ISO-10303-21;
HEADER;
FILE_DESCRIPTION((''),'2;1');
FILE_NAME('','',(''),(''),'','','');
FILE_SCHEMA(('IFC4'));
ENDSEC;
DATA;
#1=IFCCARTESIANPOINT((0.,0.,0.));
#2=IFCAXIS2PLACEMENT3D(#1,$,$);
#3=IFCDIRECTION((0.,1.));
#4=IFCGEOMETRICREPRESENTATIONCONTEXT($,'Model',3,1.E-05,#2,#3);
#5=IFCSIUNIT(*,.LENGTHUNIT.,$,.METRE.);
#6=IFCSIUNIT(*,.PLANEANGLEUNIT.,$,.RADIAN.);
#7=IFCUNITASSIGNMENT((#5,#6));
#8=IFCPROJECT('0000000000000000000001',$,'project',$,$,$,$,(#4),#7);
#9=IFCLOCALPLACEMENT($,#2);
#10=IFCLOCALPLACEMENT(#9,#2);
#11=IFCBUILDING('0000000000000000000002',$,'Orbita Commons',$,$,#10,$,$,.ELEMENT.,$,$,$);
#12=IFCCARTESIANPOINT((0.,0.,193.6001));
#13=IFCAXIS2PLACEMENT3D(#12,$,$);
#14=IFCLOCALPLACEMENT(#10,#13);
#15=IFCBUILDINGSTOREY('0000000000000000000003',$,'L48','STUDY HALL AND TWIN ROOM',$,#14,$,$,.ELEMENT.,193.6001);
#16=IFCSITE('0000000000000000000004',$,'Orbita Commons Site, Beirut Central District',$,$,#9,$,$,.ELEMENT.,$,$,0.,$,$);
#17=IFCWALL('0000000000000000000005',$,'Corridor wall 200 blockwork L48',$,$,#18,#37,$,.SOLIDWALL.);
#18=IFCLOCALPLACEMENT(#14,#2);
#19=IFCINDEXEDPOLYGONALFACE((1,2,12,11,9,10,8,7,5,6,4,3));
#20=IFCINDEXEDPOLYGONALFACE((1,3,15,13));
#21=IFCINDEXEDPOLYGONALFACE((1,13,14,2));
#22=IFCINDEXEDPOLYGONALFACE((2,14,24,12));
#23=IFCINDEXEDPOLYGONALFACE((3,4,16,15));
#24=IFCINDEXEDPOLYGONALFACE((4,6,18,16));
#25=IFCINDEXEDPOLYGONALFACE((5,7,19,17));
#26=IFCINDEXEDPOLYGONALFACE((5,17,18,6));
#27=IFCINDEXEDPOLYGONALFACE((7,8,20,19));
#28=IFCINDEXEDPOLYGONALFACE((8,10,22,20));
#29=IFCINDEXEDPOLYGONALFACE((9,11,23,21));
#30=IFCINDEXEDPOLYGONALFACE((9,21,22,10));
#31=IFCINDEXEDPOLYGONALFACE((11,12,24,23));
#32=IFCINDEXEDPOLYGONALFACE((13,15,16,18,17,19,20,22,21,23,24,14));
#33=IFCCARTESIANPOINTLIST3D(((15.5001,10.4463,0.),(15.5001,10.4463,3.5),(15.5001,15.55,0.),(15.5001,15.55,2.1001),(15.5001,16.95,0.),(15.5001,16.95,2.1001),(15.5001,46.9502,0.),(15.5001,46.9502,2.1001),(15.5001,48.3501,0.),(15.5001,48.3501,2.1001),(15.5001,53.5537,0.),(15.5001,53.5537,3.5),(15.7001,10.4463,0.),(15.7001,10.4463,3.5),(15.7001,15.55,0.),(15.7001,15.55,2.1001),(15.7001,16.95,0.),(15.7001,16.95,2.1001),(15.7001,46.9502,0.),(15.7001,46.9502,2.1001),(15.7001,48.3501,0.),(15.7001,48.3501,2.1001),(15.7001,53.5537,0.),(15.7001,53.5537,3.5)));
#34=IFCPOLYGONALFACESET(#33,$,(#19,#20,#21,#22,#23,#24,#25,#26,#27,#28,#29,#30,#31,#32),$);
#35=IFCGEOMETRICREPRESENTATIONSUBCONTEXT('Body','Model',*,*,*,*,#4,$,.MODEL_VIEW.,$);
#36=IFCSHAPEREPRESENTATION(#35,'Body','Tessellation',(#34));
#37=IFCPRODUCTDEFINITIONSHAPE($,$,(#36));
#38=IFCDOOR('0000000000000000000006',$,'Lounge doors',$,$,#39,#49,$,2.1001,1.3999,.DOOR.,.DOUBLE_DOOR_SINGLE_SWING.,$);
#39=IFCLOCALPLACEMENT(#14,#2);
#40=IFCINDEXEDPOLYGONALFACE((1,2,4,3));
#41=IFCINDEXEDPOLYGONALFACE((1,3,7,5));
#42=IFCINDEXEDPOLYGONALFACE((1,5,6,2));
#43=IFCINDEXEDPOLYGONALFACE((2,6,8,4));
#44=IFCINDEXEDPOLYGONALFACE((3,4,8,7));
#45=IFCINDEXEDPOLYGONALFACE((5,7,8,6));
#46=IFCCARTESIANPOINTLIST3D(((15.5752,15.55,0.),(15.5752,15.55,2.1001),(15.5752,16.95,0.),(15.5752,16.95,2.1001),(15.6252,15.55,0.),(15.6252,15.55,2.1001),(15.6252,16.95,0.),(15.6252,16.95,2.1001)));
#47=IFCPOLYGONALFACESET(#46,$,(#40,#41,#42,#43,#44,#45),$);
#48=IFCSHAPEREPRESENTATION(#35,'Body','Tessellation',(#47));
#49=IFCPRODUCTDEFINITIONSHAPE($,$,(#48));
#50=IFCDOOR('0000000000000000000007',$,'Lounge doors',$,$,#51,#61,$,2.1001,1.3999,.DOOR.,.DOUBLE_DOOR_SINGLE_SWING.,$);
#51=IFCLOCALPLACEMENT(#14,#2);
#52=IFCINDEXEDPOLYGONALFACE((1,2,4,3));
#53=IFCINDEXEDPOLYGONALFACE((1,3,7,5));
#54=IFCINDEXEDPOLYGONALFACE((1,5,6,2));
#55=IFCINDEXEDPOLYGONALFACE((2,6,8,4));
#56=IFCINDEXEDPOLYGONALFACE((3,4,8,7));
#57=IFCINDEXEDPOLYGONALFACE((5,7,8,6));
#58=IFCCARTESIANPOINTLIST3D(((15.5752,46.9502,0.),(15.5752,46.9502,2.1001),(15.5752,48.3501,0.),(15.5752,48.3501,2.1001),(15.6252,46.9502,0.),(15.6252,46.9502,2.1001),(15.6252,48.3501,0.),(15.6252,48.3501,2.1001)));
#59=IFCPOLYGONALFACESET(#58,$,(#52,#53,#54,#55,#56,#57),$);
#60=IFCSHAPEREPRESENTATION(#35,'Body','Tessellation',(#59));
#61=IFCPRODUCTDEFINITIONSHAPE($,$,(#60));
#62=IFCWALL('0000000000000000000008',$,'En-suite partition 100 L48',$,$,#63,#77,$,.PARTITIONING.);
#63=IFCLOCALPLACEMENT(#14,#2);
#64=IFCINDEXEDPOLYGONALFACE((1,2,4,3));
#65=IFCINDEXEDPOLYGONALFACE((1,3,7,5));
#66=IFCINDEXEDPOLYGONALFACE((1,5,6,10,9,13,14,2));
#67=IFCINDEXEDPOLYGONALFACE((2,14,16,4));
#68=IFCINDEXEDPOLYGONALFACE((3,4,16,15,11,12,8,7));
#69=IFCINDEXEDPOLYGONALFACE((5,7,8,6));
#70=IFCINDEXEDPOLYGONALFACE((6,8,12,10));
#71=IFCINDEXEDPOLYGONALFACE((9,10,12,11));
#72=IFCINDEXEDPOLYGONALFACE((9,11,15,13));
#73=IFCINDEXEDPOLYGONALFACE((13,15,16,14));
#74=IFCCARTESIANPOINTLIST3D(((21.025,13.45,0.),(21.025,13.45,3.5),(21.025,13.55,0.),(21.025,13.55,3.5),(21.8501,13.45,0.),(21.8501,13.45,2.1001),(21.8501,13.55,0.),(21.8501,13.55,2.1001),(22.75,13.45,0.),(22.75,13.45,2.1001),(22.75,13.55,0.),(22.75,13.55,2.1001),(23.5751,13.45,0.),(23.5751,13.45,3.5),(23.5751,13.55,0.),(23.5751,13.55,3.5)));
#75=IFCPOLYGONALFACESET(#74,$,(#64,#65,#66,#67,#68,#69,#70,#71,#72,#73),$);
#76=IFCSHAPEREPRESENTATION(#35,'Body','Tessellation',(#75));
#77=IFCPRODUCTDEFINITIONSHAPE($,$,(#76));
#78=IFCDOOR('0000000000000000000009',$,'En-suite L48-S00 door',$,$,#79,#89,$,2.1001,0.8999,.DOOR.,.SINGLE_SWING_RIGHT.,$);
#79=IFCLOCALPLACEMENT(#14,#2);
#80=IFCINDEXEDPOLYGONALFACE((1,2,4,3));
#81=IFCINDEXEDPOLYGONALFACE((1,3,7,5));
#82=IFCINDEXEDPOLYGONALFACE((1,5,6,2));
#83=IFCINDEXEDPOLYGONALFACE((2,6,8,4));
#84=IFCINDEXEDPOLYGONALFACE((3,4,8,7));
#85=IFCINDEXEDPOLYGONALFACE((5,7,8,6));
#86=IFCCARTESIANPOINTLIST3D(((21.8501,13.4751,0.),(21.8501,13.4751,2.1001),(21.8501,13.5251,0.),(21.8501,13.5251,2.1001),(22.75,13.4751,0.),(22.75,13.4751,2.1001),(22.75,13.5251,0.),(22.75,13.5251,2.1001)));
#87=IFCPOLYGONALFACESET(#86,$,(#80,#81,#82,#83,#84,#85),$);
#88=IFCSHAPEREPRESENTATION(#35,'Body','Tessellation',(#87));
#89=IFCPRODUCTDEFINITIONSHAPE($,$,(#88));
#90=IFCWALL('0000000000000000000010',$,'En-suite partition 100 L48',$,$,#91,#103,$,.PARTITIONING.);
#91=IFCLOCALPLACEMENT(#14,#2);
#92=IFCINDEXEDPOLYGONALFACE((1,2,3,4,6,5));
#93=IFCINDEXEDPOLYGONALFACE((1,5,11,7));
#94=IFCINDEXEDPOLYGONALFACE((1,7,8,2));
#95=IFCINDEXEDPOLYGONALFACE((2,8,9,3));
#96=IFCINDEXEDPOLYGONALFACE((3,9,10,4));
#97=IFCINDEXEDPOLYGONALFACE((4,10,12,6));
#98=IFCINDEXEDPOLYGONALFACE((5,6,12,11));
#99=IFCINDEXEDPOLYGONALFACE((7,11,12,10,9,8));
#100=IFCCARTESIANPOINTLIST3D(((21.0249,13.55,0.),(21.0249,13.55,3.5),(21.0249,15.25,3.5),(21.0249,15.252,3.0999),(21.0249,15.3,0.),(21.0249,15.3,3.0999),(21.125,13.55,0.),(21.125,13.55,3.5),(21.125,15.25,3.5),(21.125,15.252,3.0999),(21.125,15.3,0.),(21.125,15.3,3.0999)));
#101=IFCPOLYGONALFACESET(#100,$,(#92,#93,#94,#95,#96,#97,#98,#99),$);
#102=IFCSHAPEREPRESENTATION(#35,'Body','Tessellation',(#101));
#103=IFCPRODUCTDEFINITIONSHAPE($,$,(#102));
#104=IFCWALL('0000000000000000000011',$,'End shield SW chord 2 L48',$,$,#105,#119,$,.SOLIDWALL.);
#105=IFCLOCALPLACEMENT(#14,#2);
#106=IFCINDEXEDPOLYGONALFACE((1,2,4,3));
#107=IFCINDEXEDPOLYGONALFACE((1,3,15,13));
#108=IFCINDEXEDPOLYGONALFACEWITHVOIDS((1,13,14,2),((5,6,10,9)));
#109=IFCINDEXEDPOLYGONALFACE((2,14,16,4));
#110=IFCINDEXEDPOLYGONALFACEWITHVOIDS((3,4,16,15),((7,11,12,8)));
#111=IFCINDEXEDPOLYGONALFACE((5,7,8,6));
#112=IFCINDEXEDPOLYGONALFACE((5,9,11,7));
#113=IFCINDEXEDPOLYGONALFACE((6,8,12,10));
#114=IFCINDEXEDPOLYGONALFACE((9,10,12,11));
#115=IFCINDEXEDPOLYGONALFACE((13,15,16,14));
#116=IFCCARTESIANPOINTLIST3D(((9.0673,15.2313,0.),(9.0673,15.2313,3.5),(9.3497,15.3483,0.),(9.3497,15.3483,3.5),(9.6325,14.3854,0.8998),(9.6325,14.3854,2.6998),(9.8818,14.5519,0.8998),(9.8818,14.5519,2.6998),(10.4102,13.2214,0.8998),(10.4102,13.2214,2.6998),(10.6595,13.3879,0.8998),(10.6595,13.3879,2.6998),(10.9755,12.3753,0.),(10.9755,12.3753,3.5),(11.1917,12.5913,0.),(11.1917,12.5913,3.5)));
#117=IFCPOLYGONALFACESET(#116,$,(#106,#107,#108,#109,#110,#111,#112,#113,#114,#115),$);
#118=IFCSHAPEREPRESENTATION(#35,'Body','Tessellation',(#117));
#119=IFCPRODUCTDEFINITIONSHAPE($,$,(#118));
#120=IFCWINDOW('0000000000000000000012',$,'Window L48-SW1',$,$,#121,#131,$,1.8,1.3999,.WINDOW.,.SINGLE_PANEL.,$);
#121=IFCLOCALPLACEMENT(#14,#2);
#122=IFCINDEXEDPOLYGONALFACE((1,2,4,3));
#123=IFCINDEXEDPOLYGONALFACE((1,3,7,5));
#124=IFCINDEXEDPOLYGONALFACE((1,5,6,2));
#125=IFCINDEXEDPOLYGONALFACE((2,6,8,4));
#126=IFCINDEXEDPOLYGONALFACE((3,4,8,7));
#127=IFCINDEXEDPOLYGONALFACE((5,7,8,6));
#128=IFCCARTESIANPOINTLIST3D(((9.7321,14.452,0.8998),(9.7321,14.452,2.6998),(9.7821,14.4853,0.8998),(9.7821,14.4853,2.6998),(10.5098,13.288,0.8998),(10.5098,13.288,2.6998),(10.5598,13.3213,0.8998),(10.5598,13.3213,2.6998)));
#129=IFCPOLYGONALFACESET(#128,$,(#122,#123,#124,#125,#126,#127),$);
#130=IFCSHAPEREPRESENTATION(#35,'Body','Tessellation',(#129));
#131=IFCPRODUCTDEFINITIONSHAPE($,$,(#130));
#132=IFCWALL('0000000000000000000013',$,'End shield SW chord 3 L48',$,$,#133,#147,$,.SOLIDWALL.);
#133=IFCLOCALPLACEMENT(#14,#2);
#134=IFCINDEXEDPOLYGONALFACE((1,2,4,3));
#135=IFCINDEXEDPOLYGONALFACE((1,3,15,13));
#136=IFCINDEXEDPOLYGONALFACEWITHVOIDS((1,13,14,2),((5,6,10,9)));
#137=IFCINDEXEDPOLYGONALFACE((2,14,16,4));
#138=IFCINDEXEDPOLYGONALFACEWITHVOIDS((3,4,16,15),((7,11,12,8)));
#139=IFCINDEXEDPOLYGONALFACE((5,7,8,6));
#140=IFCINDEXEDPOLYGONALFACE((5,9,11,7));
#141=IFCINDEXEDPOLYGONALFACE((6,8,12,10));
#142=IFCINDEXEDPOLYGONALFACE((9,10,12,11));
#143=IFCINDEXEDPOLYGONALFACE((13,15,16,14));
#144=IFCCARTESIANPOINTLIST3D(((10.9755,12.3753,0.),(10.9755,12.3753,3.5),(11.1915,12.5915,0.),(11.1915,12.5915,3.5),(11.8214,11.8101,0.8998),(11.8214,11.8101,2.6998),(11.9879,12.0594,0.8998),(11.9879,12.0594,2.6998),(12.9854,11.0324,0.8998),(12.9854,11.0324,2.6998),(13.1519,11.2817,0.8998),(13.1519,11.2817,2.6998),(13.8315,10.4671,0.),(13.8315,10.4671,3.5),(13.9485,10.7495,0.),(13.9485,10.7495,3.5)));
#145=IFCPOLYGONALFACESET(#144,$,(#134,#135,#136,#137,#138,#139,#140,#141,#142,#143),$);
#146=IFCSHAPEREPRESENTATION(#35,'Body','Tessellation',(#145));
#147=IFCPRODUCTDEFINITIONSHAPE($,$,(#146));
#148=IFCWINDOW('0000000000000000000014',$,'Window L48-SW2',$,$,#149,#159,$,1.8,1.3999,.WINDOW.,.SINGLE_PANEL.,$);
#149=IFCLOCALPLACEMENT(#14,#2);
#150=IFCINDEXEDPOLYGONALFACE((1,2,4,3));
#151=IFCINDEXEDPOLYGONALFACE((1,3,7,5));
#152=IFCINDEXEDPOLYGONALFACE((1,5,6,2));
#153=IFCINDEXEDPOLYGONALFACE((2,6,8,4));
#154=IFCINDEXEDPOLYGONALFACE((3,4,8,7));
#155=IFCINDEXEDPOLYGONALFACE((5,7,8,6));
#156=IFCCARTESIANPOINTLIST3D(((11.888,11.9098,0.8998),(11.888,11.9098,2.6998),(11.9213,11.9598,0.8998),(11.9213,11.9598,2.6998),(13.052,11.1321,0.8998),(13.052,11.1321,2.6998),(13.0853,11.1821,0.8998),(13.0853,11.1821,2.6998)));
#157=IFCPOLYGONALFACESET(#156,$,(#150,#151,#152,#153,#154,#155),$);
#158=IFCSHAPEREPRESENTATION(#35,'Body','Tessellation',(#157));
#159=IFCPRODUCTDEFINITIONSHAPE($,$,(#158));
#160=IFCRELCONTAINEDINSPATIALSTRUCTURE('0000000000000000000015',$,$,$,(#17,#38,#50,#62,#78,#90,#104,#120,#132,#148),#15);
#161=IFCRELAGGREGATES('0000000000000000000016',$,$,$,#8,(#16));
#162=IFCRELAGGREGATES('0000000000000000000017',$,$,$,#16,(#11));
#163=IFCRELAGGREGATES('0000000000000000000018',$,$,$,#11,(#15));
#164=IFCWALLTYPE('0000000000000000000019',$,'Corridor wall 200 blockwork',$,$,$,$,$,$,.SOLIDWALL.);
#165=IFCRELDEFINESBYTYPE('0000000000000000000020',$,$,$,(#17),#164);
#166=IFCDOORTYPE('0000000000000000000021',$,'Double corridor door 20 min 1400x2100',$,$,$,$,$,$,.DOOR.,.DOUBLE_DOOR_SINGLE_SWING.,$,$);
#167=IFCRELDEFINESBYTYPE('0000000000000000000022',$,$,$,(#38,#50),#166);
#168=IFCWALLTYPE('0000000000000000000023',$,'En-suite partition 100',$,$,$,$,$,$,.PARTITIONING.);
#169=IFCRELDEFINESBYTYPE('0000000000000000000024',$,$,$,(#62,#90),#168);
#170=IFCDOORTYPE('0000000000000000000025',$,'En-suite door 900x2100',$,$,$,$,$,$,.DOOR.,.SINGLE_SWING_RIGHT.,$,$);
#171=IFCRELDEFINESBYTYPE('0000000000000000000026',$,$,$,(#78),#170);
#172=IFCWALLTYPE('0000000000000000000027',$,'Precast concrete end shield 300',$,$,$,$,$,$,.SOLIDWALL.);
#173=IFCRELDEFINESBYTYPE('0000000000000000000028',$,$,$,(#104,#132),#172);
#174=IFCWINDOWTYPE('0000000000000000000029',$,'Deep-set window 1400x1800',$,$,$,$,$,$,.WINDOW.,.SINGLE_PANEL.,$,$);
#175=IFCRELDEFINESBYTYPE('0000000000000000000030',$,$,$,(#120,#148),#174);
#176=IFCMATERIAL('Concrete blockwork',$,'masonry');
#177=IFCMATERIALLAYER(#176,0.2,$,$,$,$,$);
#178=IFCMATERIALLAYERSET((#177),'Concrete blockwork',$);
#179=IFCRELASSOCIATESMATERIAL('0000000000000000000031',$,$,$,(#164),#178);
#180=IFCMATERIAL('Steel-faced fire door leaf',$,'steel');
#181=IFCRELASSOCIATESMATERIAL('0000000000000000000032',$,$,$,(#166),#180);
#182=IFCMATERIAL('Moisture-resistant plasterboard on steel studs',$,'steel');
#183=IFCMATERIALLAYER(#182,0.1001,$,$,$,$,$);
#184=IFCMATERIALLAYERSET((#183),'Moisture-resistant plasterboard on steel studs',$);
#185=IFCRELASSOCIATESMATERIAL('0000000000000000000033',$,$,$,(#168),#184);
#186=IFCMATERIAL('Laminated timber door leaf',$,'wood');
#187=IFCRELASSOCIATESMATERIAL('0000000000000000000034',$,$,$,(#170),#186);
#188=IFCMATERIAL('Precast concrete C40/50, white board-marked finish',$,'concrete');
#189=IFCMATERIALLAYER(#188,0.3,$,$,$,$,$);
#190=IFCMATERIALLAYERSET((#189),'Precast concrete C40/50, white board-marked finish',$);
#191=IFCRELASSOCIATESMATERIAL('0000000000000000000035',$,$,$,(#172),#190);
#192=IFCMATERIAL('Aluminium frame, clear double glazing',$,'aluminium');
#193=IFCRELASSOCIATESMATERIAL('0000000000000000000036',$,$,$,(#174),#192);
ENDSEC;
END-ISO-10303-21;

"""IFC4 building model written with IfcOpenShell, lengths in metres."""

from ifc_helpers import new_model, si_unit, direction, frame, frame_2d, origin, place, context, subcontext, project, spatial, polyline, rectangle, outline, extrude, material, layer, layer_set, type_object, element, fill, save


model = new_model("IFC4")

# Units and contexts
model_context = context("Model", 3, precision=1e-05, world=origin(), true_north=direction((0.0, 1.0)))
body_context = subcontext(model_context, "Body", "Model", "MODEL_VIEW")
ifc_project = project(units=[si_unit("LENGTHUNIT", "METRE"), si_unit("PLANEANGLEUNIT", "RADIAN")], contexts=[model_context])

# Site, building, storey
site_placement = place(None, origin())
site = spatial("IfcSite", under=ifc_project, at=site_placement, Name="Orbita Commons Site, Beirut Central District", CompositionType="ELEMENT", RefElevation=0.0)
building_placement = place(site_placement, origin())
building = spatial("IfcBuilding", under=site, at=building_placement, Name="Orbita Commons", CompositionType="ELEMENT")
storey_placement = place(building_placement, frame((0.0, 0.0, 193.6001)))
storey = spatial("IfcBuildingStorey", under=building, at=storey_placement, Name="L48", Description="STUDY HALL AND TWIN ROOM", CompositionType="ELEMENT", Elevation=193.6001)

# Shared definitions
ifc_material_1 = material(Name="Concrete blockwork", Category="masonry")
ifc_layer_1 = layer(ifc_material_1, 0.2)
ifc_layer_set_1 = layer_set([ifc_layer_1], Name="Concrete blockwork")
wall_type_1 = type_object("IfcWallType", Name="Corridor wall 200 blockwork", PredefinedType="SOLIDWALL", material=ifc_layer_set_1)

# Wall, openings, doors
wall_1_placement = place(storey_placement, frame((15.6001, 10.4463, 0.0), z_axis=(0.0, 0.0, 1.0), x_axis=(0.0, 1.0, 0.0)))
wall_1 = element("IfcWall", 1, at=wall_1_placement, inside=storey, type_object=wall_type_1, Name="Corridor wall 200 blockwork L48", PredefinedType="SOLIDWALL", context=body_context, shape_type="SweptSolid", body=[
    extrude(rectangle(XDim=43.1074, YDim=0.2, at=frame_2d((21.5537, 0.0))), origin(), (0.0, 0.0, 1.0), 3.5),
])
opening_1_placement = place(wall_1_placement, frame((5.1038, 0.0, 0.0)))
opening_1 = element("IfcOpeningElement", 2, at=opening_1_placement, cuts=wall_1, PredefinedType="OPENING", context=body_context, shape_type="SweptSolid", body=[
    extrude(rectangle(XDim=1.3999, YDim=2.1001, at=frame_2d((0.7, 1.05))), frame((0.0, 0.1099, 0.0), z_axis=(0.0, -1.0, 0.0), x_axis=(1.0, 0.0, 0.0)), (0.0, 0.0, 1.0), 0.22),
])
opening_2_placement = place(wall_1_placement, frame((36.5039, 0.0, 0.0)))
opening_2 = element("IfcOpeningElement", 3, at=opening_2_placement, cuts=wall_1, PredefinedType="OPENING", context=body_context, shape_type="SweptSolid", body=[
    extrude(rectangle(XDim=1.3999, YDim=2.1001, at=frame_2d((0.7, 1.05))), frame((0.0, 0.1099, 0.0), z_axis=(0.0, -1.0, 0.0), x_axis=(1.0, 0.0, 0.0)), (0.0, 0.0, 1.0), 0.22),
])
ifc_material_2 = material(Name="Steel-faced fire door leaf", Category="steel")
door_type_1 = type_object("IfcDoorType", Name="Double corridor door 20 min 1400x2100", OperationType="DOUBLE_DOOR_SINGLE_SWING", PredefinedType="DOOR", material=ifc_material_2)
door_1_placement = place(opening_1_placement, origin())
door_1 = element("IfcDoor", 4, at=door_1_placement, inside=storey, type_object=door_type_1, Name="Lounge doors", OperationType="DOUBLE_DOOR_SINGLE_SWING", OverallHeight=2.1001, OverallWidth=1.3999, PredefinedType="DOOR", context=body_context, shape_type="SweptSolid", body=[
    extrude(rectangle(XDim=1.3999, YDim=2.1001, at=frame_2d((0.7, 1.05))), frame((0.0, 0.0249, 0.0), z_axis=(0.0, -1.0, 0.0), x_axis=(1.0, 0.0, 0.0)), (0.0, 0.0, 1.0), 0.05),
])
fill(opening_1, door_1)
door_2_placement = place(opening_2_placement, origin())
door_2 = element("IfcDoor", 5, at=door_2_placement, inside=storey, type_object=door_type_1, Name="Lounge doors", OperationType="DOUBLE_DOOR_SINGLE_SWING", OverallHeight=2.1001, OverallWidth=1.3999, PredefinedType="DOOR", context=body_context, shape_type="SweptSolid", body=[
    extrude(rectangle(XDim=1.3999, YDim=2.1001, at=frame_2d((0.7, 1.05))), frame((0.0, 0.0249, 0.0), z_axis=(0.0, -1.0, 0.0), x_axis=(1.0, 0.0, 0.0)), (0.0, 0.0, 1.0), 0.05),
])
fill(opening_2, door_2)

# Wall, opening, door
ifc_material_3 = material(Name="Moisture-resistant plasterboard on steel studs", Category="steel")
ifc_layer_2 = layer(ifc_material_3, 0.1001)
ifc_layer_set_2 = layer_set([ifc_layer_2], Name="Moisture-resistant plasterboard on steel studs")
wall_type_2 = type_object("IfcWallType", Name="En-suite partition 100", PredefinedType="PARTITIONING", material=ifc_layer_set_2)
wall_2_placement = place(storey_placement, frame((23.575, 13.5, 0.0), z_axis=(0.0, 0.0, 1.0), x_axis=(-1.0, 0.0, 0.0)))
wall_2 = element("IfcWall", 6, at=wall_2_placement, inside=storey, type_object=wall_type_2, Name="En-suite partition 100 L48", PredefinedType="PARTITIONING", context=body_context, shape_type="SweptSolid", body=[
    extrude(rectangle(XDim=2.55, YDim=0.1001, at=frame_2d((1.2749, 0.0))), origin(), (0.0, 0.0, 1.0), 3.5),
])
opening_3_placement = place(wall_2_placement, frame((0.825, 0.0, 0.0)))
opening_3 = element("IfcOpeningElement", 7, at=opening_3_placement, cuts=wall_2, PredefinedType="OPENING", context=body_context, shape_type="SweptSolid", body=[
    extrude(rectangle(XDim=0.8999, YDim=2.1001, at=frame_2d((0.45, 1.05))), frame((0.0, 0.0601, 0.0), z_axis=(0.0, -1.0, 0.0), x_axis=(1.0, 0.0, 0.0)), (0.0, 0.0, 1.0), 0.1201),
])
ifc_material_4 = material(Name="Laminated timber door leaf", Category="wood")
door_type_2 = type_object("IfcDoorType", Name="En-suite door 900x2100", OperationType="SINGLE_SWING_RIGHT", PredefinedType="DOOR", material=ifc_material_4)
door_3_placement = place(opening_3_placement, origin())
door_3 = element("IfcDoor", 8, at=door_3_placement, inside=storey, type_object=door_type_2, Name="En-suite L48-S00 door", OperationType="SINGLE_SWING_RIGHT", OverallHeight=2.1001, OverallWidth=0.8999, PredefinedType="DOOR", context=body_context, shape_type="SweptSolid", body=[
    extrude(rectangle(XDim=0.8999, YDim=2.1001, at=frame_2d((0.45, 1.05))), frame((0.0, 0.0249, 0.0), z_axis=(0.0, -1.0, 0.0), x_axis=(1.0, 0.0, 0.0)), (0.0, 0.0, 1.0), 0.05),
])
fill(opening_3, door_3)

# Wall
wall_3_placement = place(storey_placement, frame((21.075, 13.55, 0.0), z_axis=(0.0, 0.0, 1.0), x_axis=(0.0, 1.0, 0.0)))
element("IfcWall", 9, at=wall_3_placement, inside=storey, type_object=wall_type_2, Name="En-suite partition 100 L48", PredefinedType="PARTITIONING", context=body_context, shape_type="SweptSolid", body=[
    extrude(outline(polyline([(0.0, 0.0), (1.75, 0.0), (1.75, 3.0999), (1.7019, 3.0999), (1.7, 3.5), (0.0, 3.5), (0.0, 0.0)])), frame((0.0, 0.05, 0.0), z_axis=(0.0, -1.0, 0.0), x_axis=(1.0, 0.0, 0.0)), (0.0, 0.0, 1.0), 0.1001),
])

# Walls, openings, windows
ifc_material_5 = material(Name="Precast concrete C40/50, white board-marked finish", Category="concrete")
ifc_layer_3 = layer(ifc_material_5, 0.3)
ifc_layer_set_3 = layer_set([ifc_layer_3], Name="Precast concrete C40/50, white board-marked finish")
wall_type_3 = type_object("IfcWallType", Name="Precast concrete end shield 300", PredefinedType="SOLIDWALL", material=ifc_layer_set_3)
wall_4_placement = place(storey_placement, frame((9.2085, 15.2898, 0.0), z_axis=(0.0, 0.0, 1.0), x_axis=(0.555535, -0.831493, 0.0)))
wall_4 = element("IfcWall", 10, at=wall_4_placement, inside=storey, type_object=wall_type_3, Name="End shield SW chord 2 L48", PredefinedType="SOLIDWALL", context=body_context, shape_type="SweptSolid", body=[
    extrude(outline(polyline([(-0.0298, -0.1499), (3.405, -0.1499), (3.3455, 0.1499), (0.0298, 0.1499), (-0.0298, -0.1499)])), origin(), (0.0, 0.0, 1.0), 3.5),
])
opening_4_placement = place(wall_4_placement, frame((0.9875, 0.0, 0.8999)))
opening_4 = element("IfcOpeningElement", 11, at=opening_4_placement, cuts=wall_4, PredefinedType="OPENING", context=body_context, shape_type="SweptSolid", body=[
    extrude(rectangle(XDim=1.3999, YDim=1.8, at=frame_2d((0.7, 0.8999))), frame((0.0, 0.1599, 0.0), z_axis=(0.0, -1.0, 0.0), x_axis=(1.0, 0.0, 0.0)), (0.0, 0.0, 1.0), 0.3201),
])
ifc_material_6 = material(Name="Aluminium frame, clear double glazing", Category="aluminium")
window_type = type_object("IfcWindowType", Name="Deep-set window 1400x1800", PartitioningType="SINGLE_PANEL", PredefinedType="WINDOW", material=ifc_material_6)
window_1_placement = place(opening_4_placement, origin())
window_1 = element("IfcWindow", 12, at=window_1_placement, inside=storey, type_object=window_type, Name="Window L48-SW1", OverallHeight=1.8, OverallWidth=1.3999, PartitioningType="SINGLE_PANEL", PredefinedType="WINDOW", context=body_context, shape_type="SweptSolid", body=[
    extrude(rectangle(XDim=1.3999, YDim=1.8, at=frame_2d((0.7, 0.8999))), frame((0.0, 0.03, 0.0), z_axis=(0.0, -1.0, 0.0), x_axis=(1.0, 0.0, 0.0)), (0.0, 0.0, 1.0), 0.0601),
])
fill(opening_4, window_1)
wall_5_placement = place(storey_placement, frame((11.0835, 12.4834, 0.0), z_axis=(0.0, 0.0, 1.0), x_axis=(0.831493, -0.555535, 0.0)))
wall_5 = element("IfcWall", 13, at=wall_5_placement, inside=storey, type_object=wall_type_3, Name="End shield SW chord 3 L48", PredefinedType="SOLIDWALL", context=body_context, shape_type="SweptSolid", body=[
    extrude(outline(polyline([(-0.0298, -0.1499), (3.405, -0.1499), (3.3455, 0.1499), (0.0298, 0.1499), (-0.0298, -0.1499)])), origin(), (0.0, 0.0, 1.0), 3.5),
])
opening_5_placement = place(wall_5_placement, frame((0.9875, 0.0, 0.8999)))
opening_5 = element("IfcOpeningElement", 14, at=opening_5_placement, cuts=wall_5, PredefinedType="OPENING", context=body_context, shape_type="SweptSolid", body=[
    extrude(rectangle(XDim=1.3999, YDim=1.8, at=frame_2d((0.7, 0.8999))), frame((0.0, 0.1599, 0.0), z_axis=(0.0, -1.0, 0.0), x_axis=(1.0, 0.0, 0.0)), (0.0, 0.0, 1.0), 0.3201),
])
window_2_placement = place(opening_5_placement, origin())
window_2 = element("IfcWindow", 15, at=window_2_placement, inside=storey, type_object=window_type, Name="Window L48-SW2", OverallHeight=1.8, OverallWidth=1.3999, PartitioningType="SINGLE_PANEL", PredefinedType="WINDOW", context=body_context, shape_type="SweptSolid", body=[
    extrude(rectangle(XDim=1.3999, YDim=1.8, at=frame_2d((0.7, 0.8999))), frame((0.0, 0.03, 0.0), z_axis=(0.0, -1.0, 0.0), x_axis=(1.0, 0.0, 0.0)), (0.0, 0.0, 1.0), 0.0601),
])
fill(opening_5, window_2)

save(model, "model.ifc")
